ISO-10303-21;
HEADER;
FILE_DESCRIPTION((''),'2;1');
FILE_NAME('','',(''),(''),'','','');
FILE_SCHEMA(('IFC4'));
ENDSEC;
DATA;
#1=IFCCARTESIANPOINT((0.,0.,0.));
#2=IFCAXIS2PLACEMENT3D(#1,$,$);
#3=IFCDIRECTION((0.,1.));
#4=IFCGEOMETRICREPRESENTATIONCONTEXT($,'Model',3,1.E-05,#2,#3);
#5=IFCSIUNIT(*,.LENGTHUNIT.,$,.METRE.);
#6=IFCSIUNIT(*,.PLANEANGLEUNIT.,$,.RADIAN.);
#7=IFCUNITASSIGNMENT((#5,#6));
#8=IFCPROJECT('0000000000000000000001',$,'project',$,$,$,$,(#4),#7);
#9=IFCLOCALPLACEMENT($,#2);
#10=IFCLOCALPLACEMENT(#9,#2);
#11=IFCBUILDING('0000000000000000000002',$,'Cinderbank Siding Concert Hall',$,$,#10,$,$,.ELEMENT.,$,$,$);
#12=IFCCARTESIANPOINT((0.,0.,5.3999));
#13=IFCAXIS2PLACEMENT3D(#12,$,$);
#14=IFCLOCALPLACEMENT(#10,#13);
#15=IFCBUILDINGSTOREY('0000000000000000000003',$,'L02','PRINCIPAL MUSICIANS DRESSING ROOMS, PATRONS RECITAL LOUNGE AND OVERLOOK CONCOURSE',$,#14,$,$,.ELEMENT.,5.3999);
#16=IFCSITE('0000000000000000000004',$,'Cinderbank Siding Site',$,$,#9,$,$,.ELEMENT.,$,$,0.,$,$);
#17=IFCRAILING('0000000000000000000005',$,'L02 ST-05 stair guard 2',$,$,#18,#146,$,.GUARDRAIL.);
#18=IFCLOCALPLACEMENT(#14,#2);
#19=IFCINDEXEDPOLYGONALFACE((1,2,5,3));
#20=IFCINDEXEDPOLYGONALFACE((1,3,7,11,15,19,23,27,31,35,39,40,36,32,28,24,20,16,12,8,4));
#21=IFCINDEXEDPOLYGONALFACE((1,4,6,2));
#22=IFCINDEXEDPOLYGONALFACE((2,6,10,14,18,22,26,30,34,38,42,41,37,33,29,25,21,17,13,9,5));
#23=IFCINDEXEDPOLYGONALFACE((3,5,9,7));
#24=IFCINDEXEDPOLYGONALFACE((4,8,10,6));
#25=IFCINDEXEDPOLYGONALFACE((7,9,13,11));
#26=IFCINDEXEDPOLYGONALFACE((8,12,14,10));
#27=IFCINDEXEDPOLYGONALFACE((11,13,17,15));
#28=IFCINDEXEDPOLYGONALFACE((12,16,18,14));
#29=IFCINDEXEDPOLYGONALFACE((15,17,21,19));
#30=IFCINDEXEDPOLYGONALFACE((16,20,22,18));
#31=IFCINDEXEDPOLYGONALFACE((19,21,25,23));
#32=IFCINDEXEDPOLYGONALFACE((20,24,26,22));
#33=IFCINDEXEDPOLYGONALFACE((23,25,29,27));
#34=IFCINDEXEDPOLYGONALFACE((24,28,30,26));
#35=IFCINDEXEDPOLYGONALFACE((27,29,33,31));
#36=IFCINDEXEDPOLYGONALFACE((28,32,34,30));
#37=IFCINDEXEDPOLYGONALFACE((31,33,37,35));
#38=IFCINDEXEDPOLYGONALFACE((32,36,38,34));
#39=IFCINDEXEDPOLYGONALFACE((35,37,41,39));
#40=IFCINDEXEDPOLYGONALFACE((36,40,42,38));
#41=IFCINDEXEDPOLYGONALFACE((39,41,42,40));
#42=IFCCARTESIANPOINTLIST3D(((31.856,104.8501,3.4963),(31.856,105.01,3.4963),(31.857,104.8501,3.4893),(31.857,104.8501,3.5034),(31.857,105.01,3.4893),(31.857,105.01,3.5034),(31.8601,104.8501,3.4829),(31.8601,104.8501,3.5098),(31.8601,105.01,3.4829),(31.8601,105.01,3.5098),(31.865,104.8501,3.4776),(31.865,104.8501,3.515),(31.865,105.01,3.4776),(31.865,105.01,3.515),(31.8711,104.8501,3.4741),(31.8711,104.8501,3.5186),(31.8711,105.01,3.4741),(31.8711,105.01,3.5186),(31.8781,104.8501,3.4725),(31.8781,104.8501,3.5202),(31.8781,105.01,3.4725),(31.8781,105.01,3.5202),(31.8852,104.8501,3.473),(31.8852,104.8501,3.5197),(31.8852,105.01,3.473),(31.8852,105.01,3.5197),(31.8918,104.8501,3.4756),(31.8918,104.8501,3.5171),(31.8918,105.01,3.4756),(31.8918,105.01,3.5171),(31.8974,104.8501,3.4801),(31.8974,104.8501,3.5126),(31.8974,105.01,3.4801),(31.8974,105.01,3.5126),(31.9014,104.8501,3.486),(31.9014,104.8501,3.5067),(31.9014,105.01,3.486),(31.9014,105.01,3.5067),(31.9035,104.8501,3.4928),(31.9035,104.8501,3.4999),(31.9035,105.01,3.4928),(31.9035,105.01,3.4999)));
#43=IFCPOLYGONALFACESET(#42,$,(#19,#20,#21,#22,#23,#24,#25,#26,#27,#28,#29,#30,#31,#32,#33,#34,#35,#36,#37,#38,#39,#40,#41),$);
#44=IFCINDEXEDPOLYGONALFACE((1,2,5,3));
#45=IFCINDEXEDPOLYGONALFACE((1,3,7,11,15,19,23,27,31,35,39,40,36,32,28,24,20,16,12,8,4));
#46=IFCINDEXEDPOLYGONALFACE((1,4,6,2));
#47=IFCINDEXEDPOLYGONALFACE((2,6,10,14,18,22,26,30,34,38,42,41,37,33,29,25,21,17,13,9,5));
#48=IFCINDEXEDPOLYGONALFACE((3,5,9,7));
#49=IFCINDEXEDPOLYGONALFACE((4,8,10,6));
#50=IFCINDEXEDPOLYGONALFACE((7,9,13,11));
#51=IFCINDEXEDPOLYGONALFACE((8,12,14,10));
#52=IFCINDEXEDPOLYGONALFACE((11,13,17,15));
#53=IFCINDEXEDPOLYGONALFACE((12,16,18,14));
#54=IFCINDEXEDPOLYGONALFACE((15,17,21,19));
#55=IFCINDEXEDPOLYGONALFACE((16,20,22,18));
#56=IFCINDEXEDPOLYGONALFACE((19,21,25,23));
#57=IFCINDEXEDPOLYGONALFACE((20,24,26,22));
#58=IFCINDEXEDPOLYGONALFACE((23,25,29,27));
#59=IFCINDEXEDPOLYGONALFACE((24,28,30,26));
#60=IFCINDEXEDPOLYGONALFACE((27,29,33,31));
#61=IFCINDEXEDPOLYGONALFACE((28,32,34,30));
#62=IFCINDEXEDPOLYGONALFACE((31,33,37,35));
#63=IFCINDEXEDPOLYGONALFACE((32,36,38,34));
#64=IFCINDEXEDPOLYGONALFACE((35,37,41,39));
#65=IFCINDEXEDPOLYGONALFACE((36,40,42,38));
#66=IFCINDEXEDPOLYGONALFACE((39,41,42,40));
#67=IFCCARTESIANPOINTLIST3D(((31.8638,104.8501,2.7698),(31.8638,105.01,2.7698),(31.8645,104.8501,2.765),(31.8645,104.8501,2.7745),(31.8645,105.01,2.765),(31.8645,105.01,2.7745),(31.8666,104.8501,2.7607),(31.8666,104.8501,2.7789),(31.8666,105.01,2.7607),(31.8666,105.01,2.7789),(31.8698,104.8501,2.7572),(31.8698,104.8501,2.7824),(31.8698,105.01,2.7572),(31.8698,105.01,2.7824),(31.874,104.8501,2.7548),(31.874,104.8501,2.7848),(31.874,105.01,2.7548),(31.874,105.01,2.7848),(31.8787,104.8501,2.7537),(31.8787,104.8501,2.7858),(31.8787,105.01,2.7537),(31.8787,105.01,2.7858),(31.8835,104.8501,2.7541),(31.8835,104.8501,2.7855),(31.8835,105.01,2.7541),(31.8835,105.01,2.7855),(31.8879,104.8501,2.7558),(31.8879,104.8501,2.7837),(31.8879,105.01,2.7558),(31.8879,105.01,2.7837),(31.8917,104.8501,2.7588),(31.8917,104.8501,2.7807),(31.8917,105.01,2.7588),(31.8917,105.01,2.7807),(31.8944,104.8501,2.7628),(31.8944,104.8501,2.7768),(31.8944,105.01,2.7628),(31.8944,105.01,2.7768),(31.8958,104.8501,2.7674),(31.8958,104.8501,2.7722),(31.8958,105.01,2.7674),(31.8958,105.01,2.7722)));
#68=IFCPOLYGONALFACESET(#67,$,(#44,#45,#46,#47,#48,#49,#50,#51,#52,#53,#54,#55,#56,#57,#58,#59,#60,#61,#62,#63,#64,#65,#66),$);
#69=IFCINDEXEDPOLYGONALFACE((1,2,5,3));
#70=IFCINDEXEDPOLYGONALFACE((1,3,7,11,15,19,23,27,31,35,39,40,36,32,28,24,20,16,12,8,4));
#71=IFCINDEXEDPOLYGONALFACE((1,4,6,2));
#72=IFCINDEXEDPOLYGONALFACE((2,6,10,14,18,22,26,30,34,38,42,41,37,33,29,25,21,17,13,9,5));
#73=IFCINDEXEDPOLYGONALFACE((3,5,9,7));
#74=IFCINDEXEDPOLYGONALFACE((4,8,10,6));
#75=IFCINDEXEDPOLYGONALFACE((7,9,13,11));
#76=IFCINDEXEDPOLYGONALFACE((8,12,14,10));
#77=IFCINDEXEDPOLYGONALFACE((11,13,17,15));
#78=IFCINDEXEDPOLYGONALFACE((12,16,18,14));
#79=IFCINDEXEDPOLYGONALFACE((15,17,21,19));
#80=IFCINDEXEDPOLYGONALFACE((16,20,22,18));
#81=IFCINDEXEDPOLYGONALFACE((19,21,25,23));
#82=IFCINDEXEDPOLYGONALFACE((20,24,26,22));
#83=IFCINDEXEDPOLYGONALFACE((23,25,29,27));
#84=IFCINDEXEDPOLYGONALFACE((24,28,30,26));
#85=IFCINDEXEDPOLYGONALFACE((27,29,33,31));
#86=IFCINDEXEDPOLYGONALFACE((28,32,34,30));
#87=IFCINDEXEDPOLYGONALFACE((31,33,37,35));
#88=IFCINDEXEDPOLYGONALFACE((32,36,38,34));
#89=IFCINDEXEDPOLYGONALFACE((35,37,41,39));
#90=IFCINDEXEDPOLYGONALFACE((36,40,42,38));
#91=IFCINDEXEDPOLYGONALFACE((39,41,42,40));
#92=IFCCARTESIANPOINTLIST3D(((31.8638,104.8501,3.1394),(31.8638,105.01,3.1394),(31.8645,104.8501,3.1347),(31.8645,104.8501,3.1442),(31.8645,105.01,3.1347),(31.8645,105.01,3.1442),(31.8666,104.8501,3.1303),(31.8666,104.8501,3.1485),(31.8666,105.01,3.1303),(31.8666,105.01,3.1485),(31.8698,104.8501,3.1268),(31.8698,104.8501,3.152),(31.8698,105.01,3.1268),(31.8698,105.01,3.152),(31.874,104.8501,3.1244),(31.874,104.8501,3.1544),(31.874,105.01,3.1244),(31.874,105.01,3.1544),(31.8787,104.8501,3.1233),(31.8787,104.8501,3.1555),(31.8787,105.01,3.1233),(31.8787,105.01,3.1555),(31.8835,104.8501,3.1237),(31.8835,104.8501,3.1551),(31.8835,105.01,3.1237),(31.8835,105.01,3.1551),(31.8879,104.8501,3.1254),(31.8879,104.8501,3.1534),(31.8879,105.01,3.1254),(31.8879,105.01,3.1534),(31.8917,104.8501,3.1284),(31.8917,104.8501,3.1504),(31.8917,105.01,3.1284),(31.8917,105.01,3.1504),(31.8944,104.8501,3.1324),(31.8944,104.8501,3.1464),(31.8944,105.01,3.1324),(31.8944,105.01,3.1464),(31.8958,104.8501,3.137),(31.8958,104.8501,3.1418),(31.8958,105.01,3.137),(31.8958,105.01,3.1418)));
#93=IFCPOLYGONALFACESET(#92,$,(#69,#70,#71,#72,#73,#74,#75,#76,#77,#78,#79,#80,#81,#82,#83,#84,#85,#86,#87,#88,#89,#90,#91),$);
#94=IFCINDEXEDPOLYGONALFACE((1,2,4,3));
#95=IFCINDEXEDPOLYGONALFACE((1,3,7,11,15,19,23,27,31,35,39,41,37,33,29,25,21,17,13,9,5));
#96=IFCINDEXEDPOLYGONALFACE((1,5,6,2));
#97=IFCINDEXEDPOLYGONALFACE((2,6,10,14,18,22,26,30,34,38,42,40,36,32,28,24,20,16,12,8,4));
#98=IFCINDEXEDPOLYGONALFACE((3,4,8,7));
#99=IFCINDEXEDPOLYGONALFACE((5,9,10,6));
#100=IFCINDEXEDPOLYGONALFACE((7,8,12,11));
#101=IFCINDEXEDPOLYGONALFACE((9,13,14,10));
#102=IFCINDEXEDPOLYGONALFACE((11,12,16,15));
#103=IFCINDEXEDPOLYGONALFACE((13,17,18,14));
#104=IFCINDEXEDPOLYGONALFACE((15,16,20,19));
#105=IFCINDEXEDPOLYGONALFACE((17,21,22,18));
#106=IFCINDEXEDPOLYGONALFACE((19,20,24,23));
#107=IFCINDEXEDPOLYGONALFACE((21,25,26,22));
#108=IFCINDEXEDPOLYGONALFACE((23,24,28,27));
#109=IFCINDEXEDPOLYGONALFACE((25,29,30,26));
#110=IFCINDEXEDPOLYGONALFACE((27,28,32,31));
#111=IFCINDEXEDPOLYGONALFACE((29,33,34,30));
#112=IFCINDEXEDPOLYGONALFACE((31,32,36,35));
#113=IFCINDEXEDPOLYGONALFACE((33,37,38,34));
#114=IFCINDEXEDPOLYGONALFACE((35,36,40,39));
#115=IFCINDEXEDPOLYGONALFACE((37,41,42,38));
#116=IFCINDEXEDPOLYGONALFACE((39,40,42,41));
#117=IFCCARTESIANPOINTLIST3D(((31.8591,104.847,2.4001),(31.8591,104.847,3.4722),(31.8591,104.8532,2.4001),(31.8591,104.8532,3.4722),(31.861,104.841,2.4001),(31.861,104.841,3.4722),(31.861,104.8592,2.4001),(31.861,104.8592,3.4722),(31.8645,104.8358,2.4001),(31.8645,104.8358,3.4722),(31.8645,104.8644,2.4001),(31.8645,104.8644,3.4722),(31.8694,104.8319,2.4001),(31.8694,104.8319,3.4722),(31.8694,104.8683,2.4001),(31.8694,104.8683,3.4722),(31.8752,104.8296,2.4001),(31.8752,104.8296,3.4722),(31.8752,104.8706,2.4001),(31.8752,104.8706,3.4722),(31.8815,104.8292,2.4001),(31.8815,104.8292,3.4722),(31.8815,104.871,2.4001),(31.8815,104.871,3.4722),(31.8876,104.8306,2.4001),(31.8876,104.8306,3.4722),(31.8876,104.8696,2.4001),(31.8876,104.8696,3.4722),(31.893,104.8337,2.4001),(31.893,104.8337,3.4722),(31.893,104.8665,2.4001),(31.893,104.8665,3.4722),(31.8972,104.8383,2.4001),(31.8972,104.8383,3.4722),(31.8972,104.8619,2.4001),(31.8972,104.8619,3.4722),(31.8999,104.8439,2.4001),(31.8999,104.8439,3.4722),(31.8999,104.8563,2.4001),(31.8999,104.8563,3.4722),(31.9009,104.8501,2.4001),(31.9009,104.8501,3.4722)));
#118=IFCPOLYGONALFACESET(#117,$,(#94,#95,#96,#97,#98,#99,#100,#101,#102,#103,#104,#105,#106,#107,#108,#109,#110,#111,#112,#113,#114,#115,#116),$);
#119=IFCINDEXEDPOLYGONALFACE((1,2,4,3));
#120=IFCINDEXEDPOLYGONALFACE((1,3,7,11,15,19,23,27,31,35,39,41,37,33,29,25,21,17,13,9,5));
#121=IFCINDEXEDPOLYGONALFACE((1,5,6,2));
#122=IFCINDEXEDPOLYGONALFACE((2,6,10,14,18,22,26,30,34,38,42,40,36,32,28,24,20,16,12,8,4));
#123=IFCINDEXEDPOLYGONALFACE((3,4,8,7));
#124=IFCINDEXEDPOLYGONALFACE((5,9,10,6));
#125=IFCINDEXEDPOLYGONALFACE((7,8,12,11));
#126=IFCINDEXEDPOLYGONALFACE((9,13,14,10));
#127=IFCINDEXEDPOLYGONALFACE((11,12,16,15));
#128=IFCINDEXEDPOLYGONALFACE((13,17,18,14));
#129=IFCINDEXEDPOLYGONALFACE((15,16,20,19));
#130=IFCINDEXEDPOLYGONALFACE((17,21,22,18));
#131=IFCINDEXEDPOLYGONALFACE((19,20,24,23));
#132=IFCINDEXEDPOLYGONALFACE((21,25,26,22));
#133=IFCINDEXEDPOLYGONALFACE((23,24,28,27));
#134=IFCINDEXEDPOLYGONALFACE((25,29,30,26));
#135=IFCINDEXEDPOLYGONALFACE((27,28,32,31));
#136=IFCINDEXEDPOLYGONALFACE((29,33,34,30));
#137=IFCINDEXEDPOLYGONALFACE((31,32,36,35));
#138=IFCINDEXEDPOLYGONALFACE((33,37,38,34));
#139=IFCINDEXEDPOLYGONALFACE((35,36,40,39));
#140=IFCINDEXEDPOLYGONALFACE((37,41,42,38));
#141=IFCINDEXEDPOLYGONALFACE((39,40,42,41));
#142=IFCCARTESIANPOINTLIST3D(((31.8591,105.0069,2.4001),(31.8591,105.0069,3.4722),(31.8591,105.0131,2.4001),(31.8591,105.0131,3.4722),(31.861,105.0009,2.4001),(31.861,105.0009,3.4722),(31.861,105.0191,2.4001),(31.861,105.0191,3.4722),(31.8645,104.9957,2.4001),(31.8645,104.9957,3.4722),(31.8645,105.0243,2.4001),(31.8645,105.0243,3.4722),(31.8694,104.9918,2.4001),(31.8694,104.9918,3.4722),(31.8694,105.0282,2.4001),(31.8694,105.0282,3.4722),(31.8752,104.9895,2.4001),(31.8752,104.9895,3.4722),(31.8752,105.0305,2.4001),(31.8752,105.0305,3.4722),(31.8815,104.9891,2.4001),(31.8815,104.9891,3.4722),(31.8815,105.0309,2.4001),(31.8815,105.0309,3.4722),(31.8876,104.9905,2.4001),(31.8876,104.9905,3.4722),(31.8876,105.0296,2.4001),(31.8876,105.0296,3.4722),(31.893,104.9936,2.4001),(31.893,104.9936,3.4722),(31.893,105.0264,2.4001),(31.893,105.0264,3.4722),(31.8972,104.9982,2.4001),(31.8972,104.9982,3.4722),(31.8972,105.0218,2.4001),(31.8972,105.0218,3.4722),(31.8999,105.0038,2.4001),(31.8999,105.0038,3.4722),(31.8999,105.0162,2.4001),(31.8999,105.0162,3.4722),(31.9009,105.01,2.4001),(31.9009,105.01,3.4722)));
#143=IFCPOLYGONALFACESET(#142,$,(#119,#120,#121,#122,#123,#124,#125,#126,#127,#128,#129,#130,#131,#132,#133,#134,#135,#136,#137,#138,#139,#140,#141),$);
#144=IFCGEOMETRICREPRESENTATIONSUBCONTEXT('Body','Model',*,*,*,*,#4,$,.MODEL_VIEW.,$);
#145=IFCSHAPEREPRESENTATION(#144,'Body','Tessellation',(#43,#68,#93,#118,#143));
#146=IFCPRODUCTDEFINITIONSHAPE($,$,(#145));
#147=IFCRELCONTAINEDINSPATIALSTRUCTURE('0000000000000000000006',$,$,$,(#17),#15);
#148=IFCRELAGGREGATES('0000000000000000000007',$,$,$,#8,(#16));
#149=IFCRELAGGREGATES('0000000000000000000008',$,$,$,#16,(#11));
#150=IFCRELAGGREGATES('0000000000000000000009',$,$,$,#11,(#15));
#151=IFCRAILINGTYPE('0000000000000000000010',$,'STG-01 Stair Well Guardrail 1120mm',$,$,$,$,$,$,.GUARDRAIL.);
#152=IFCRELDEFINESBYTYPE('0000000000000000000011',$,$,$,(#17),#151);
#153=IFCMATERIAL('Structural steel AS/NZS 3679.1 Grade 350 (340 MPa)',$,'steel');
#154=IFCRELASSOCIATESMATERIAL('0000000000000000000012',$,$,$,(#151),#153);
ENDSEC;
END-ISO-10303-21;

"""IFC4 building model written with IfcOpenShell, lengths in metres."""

from ifc_helpers import new_model, si_unit, direction, frame, origin, origin_2d, place, context, subcontext, project, spatial, circle, extrude, material, type_object, element, save


model = new_model("IFC4")

# Units and contexts
model_context = context("Model", 3, precision=1e-05, world=origin(), true_north=direction((0.0, 1.0)))
body_context = subcontext(model_context, "Body", "Model", "MODEL_VIEW")
ifc_project = project(units=[si_unit("LENGTHUNIT", "METRE"), si_unit("PLANEANGLEUNIT", "RADIAN")], contexts=[model_context])

# Site, building, storey
site_placement = place(None, origin())
site = spatial("IfcSite", under=ifc_project, at=site_placement, Name="Cinderbank Siding Site", CompositionType="ELEMENT", RefElevation=0.0)
building_placement = place(site_placement, origin())
building = spatial("IfcBuilding", under=site, at=building_placement, Name="Cinderbank Siding Concert Hall", CompositionType="ELEMENT")
storey_placement = place(building_placement, frame((0.0, 0.0, 5.3999)))
storey = spatial("IfcBuildingStorey", under=building, at=storey_placement, Name="L02", Description="PRINCIPAL MUSICIANS DRESSING ROOMS, PATRONS RECITAL LOUNGE AND OVERLOOK CONCOURSE", CompositionType="ELEMENT", Elevation=5.3999)

# Shared definitions
ifc_material_1 = material(Name="Structural steel AS/NZS 3679.1 Grade 350 (340 MPa)", Category="steel")

# Railing
railing_type_1 = type_object("IfcRailingType", Name="STG-01 Stair Well Guardrail 1120mm", PredefinedType="GUARDRAIL", material=ifc_material_1)
railing_1_placement = place(storey_placement, frame((31.8799, 104.8501, 2.4001)))
element("IfcRailing", 1, at=railing_1_placement, inside=storey, type_object=railing_type_1, Name="L02 ST-05 stair guard 2", PredefinedType="GUARDRAIL", context=body_context, shape_type="SweptSolid", body=[
    extrude(circle(Radius=0.0239, at=origin_2d()), frame((0.0, 0.0, 1.0962), z_axis=(0.0, 1.0, 0.0), x_axis=(-1.0, 0.0, 0.0)), (0.0, 0.0, 1.0), 0.1599),
    extrude(circle(Radius=0.0161, at=origin_2d()), frame((0.0, 0.0, 0.3696), z_axis=(0.0, 1.0, 0.0), x_axis=(-1.0, 0.0, 0.0)), (0.0, 0.0, 1.0), 0.1599),
    extrude(circle(Radius=0.0161, at=origin_2d()), frame((0.0, 0.0, 0.7393), z_axis=(0.0, 1.0, 0.0), x_axis=(-1.0, 0.0, 0.0)), (0.0, 0.0, 1.0), 0.1599),
    extrude(circle(Radius=0.021, at=origin_2d()), origin(), (0.0, 0.0, 1.0), 1.072),
    extrude(circle(Radius=0.021, at=origin_2d()), frame((0.0, 0.1599, 0.0)), (0.0, 0.0, 1.0), 1.072),
])

save(model, "model.ifc")
